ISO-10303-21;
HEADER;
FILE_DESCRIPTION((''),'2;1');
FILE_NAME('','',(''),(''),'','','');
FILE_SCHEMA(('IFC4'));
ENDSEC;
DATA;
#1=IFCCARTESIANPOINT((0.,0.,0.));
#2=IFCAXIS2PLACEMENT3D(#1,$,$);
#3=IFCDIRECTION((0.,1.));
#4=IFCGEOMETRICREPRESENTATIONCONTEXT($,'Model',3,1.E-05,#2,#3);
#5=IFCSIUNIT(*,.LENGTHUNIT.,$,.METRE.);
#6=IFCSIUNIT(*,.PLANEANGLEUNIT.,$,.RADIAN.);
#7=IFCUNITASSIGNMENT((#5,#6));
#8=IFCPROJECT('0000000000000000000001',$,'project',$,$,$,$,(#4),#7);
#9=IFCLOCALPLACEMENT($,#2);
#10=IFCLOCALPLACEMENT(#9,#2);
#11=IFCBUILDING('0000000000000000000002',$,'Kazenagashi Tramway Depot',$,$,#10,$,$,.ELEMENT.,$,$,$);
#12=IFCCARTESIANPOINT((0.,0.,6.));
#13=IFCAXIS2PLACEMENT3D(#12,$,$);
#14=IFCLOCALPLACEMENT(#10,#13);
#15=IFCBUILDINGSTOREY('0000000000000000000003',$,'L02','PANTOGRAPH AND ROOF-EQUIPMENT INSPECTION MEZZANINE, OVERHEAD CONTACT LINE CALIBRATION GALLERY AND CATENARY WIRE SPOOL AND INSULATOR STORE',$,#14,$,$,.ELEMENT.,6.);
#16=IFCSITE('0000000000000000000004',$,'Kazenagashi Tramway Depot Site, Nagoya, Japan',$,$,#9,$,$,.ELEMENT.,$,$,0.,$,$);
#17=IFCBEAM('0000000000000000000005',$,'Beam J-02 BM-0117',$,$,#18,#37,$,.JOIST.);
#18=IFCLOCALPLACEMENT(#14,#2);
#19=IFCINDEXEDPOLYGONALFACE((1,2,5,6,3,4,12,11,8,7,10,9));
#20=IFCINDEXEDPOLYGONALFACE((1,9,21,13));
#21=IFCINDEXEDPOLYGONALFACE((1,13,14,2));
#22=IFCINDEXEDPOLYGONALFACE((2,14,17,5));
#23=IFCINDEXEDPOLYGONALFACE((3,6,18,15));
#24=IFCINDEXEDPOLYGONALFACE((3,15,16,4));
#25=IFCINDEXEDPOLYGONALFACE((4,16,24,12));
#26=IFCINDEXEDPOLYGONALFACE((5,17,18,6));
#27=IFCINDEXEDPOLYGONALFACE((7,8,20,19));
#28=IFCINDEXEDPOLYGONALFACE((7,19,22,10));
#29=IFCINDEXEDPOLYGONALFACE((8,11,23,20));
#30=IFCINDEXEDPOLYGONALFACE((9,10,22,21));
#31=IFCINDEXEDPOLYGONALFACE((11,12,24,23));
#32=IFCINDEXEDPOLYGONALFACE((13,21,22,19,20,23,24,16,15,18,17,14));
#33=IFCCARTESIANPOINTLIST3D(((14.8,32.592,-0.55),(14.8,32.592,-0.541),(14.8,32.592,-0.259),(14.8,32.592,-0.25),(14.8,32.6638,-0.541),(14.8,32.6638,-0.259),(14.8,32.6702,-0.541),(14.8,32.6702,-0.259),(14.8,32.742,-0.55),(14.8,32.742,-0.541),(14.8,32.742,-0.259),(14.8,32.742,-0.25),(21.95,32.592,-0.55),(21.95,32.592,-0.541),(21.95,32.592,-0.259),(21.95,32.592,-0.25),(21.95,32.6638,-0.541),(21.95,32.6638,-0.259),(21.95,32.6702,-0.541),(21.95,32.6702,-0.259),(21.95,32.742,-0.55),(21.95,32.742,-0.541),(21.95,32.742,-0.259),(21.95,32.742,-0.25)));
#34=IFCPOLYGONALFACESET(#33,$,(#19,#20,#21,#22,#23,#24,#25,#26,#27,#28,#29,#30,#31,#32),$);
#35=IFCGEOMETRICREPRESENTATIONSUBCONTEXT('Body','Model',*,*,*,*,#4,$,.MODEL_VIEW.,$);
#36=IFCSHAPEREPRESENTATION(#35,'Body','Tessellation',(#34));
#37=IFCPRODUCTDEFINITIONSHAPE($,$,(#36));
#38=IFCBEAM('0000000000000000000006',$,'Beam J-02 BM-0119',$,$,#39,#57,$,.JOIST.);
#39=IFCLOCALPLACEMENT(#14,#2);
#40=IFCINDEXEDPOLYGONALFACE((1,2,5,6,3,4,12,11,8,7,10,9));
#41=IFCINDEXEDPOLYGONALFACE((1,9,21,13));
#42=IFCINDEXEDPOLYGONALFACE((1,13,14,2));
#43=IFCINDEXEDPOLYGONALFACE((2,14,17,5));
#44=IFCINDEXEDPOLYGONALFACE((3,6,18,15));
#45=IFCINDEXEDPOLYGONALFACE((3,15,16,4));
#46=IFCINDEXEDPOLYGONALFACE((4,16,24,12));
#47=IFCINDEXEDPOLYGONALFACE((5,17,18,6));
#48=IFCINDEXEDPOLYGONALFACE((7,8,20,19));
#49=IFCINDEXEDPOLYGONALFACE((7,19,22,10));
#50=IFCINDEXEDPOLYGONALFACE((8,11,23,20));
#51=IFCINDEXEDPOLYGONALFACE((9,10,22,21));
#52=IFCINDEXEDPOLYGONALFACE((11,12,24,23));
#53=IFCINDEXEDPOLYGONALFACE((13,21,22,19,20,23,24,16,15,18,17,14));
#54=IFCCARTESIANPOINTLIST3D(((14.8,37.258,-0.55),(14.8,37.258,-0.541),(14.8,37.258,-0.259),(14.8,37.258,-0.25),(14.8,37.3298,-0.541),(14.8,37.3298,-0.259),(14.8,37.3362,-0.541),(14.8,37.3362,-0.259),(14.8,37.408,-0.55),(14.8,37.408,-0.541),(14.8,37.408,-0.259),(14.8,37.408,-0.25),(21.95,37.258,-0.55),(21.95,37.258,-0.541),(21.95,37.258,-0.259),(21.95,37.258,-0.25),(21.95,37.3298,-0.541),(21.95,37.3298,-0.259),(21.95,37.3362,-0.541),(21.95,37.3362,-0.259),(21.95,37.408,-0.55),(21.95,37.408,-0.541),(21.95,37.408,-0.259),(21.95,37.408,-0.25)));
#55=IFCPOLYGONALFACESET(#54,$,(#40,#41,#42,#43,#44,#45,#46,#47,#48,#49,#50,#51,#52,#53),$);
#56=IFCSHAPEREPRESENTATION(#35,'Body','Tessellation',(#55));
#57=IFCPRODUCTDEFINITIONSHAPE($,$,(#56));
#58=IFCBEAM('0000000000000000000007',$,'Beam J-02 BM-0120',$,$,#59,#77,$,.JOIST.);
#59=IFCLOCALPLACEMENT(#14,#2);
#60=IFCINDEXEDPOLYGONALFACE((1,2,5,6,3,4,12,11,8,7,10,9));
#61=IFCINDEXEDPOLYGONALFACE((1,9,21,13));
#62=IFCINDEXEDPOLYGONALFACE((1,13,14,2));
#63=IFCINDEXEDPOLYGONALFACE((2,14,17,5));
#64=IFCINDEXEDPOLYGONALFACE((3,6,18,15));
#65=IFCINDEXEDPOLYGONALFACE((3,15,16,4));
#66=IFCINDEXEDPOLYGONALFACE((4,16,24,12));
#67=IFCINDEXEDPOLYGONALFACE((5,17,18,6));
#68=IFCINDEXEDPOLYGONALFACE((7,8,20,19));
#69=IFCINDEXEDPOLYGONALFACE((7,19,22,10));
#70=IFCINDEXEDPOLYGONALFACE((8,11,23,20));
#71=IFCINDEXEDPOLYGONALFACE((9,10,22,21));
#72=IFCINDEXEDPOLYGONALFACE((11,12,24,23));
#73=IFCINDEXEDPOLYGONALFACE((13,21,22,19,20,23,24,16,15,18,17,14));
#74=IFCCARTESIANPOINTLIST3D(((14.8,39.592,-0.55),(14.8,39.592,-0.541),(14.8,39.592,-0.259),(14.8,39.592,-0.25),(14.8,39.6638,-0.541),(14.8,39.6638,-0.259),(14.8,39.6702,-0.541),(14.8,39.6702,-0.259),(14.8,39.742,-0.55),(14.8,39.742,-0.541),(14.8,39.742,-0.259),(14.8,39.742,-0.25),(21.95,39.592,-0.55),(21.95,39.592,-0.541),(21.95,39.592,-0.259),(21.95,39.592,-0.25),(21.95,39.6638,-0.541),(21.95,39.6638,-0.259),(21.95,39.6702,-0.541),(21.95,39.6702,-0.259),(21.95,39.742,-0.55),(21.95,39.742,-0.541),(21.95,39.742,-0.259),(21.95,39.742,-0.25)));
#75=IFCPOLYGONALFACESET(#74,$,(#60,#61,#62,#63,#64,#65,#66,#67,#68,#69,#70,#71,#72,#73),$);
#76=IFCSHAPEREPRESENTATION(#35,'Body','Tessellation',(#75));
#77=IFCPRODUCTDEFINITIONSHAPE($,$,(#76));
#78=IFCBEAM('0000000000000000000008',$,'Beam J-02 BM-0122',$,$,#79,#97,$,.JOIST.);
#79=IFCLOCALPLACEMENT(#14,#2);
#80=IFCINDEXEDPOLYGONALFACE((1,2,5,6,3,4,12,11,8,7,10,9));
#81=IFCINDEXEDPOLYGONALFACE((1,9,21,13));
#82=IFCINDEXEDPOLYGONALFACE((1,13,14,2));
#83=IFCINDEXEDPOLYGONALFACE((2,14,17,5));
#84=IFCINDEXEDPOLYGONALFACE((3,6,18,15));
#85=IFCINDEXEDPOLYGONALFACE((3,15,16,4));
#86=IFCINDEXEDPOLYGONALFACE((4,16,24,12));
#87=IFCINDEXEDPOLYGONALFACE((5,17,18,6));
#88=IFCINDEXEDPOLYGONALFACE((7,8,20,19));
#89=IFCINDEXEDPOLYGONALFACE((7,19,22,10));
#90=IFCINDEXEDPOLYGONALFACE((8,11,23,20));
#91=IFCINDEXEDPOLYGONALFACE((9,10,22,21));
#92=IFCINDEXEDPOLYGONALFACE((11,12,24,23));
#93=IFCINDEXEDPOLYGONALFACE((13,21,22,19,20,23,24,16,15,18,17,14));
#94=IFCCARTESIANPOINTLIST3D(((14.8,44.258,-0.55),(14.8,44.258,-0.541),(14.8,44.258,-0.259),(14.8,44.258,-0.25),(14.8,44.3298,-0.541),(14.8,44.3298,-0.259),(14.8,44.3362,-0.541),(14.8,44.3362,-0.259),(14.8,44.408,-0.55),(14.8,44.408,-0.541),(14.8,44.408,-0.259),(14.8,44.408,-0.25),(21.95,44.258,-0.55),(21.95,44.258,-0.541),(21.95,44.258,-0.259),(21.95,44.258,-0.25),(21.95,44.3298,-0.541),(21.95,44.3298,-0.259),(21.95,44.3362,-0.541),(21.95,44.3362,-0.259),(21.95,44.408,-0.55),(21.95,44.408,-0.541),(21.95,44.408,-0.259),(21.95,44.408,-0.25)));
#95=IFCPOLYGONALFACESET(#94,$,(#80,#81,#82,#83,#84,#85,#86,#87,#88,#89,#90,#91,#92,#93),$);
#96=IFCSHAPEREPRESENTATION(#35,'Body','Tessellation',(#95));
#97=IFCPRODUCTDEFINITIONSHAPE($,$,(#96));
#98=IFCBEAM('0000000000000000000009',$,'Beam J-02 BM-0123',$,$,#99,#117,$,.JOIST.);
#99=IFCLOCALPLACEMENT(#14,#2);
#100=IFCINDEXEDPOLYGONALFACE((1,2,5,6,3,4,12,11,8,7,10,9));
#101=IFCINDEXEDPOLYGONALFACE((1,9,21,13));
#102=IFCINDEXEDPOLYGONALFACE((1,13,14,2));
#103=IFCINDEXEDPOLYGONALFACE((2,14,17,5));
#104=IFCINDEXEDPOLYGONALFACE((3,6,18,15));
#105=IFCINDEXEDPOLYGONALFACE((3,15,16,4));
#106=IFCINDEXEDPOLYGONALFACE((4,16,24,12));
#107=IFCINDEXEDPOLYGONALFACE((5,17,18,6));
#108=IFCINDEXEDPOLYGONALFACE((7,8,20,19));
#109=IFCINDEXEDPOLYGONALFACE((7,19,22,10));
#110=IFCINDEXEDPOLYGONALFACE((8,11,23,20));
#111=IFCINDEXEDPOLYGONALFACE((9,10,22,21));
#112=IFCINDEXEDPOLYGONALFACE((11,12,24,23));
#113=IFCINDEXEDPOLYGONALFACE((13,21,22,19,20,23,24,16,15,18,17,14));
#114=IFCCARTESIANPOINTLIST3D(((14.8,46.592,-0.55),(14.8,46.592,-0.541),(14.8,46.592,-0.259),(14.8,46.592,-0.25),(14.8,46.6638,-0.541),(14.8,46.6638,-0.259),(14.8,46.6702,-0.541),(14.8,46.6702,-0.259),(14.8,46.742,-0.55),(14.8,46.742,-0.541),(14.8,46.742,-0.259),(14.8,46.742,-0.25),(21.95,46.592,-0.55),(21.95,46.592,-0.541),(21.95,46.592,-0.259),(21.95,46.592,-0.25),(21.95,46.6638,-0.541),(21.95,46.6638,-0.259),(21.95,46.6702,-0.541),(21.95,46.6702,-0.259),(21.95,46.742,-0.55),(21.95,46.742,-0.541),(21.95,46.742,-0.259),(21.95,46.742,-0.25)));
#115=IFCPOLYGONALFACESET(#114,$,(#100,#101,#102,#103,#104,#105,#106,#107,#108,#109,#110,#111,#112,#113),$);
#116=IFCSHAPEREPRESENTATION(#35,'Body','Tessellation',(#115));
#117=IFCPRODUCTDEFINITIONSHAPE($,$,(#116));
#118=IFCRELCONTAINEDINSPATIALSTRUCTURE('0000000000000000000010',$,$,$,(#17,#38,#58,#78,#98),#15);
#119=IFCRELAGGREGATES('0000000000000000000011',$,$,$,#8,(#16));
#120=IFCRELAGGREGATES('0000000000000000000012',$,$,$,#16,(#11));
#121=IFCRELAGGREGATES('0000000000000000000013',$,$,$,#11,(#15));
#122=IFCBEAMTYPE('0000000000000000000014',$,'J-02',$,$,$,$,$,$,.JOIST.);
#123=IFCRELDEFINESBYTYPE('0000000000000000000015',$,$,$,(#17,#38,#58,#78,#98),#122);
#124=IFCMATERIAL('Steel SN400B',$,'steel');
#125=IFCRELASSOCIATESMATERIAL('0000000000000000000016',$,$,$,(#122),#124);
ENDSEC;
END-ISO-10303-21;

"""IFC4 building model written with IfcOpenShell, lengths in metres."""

from ifc_helpers import new_model, si_unit, direction, frame, origin, origin_2d, place, context, subcontext, project, spatial, i_section, extrude, material, material_profile, profile_set, type_object, element, save


model = new_model("IFC4")

# Units and contexts
model_context = context("Model", 3, precision=1e-05, world=origin(), true_north=direction((0.0, 1.0)))
body_context = subcontext(model_context, "Body", "Model", "MODEL_VIEW")
ifc_project = project(units=[si_unit("LENGTHUNIT", "METRE"), si_unit("PLANEANGLEUNIT", "RADIAN")], contexts=[model_context])

# Site, building, storey
site_placement = place(None, origin())
site = spatial("IfcSite", under=ifc_project, at=site_placement, Name="Kazenagashi Tramway Depot Site, Nagoya, Japan", CompositionType="ELEMENT", RefElevation=0.0)
building_placement = place(site_placement, origin())
building = spatial("IfcBuilding", under=site, at=building_placement, Name="Kazenagashi Tramway Depot", CompositionType="ELEMENT")
storey_placement = place(building_placement, frame((0.0, 0.0, 6.0)))
storey = spatial("IfcBuildingStorey", under=building, at=storey_placement, Name="L02", Description="PANTOGRAPH AND ROOF-EQUIPMENT INSPECTION MEZZANINE, OVERHEAD CONTACT LINE CALIBRATION GALLERY AND CATENARY WIRE SPOOL AND INSULATOR STORE", CompositionType="ELEMENT", Elevation=6.0)

# Beams
ifc_material_1 = material(Name="Steel SN400B", Category="steel")
ifc_material_profile_1 = material_profile(ifc_material_1, i_section(OverallWidth=0.15, OverallDepth=0.3, WebThickness=0.0065, FlangeThickness=0.009, at=origin_2d()), Name="H-300x150x6.5x9")
ifc_profile_set_1 = profile_set([ifc_material_profile_1], Name="Steel SN400B")
beam_type_1 = type_object("IfcBeamType", Name="J-02", PredefinedType="JOIST", material=ifc_profile_set_1)
for number, where, z_axis, x_axis, name in (
    (1, (14.8, 32.667, -0.4), (1.0, 0.0, 0.0), (0.0, 1.0, 0.0), "Beam J-02 BM-0117"),
    (2, (14.8, 37.333, -0.4), (1.0, 0.0, 0.0), (0.0, 1.0, 0.0), "Beam J-02 BM-0119"),
    (3, (14.8, 39.667, -0.4), (1.0, 0.0, 0.0), (0.0, 1.0, 0.0), "Beam J-02 BM-0120"),
    (4, (14.8, 44.333, -0.4), (1.0, 0.0, 0.0), (0.0, 1.0, 0.0), "Beam J-02 BM-0122"),
    (5, (14.8, 46.667, -0.4), (1.0, 0.0, 0.0), (0.0, 1.0, 0.0), "Beam J-02 BM-0123"),
):
    element("IfcBeam", number, at=place(storey_placement, frame(where, z_axis=z_axis, x_axis=x_axis)), inside=storey, type_object=beam_type_1, Name=name, PredefinedType="JOIST", context=body_context, shape_type="SweptSolid", body=[
        extrude(i_section(OverallWidth=0.15, OverallDepth=0.3, WebThickness=0.0065, FlangeThickness=0.009, at=origin_2d()), origin(), (0.0, 0.0, 1.0), 7.15),
    ])

save(model, "model.ifc")
